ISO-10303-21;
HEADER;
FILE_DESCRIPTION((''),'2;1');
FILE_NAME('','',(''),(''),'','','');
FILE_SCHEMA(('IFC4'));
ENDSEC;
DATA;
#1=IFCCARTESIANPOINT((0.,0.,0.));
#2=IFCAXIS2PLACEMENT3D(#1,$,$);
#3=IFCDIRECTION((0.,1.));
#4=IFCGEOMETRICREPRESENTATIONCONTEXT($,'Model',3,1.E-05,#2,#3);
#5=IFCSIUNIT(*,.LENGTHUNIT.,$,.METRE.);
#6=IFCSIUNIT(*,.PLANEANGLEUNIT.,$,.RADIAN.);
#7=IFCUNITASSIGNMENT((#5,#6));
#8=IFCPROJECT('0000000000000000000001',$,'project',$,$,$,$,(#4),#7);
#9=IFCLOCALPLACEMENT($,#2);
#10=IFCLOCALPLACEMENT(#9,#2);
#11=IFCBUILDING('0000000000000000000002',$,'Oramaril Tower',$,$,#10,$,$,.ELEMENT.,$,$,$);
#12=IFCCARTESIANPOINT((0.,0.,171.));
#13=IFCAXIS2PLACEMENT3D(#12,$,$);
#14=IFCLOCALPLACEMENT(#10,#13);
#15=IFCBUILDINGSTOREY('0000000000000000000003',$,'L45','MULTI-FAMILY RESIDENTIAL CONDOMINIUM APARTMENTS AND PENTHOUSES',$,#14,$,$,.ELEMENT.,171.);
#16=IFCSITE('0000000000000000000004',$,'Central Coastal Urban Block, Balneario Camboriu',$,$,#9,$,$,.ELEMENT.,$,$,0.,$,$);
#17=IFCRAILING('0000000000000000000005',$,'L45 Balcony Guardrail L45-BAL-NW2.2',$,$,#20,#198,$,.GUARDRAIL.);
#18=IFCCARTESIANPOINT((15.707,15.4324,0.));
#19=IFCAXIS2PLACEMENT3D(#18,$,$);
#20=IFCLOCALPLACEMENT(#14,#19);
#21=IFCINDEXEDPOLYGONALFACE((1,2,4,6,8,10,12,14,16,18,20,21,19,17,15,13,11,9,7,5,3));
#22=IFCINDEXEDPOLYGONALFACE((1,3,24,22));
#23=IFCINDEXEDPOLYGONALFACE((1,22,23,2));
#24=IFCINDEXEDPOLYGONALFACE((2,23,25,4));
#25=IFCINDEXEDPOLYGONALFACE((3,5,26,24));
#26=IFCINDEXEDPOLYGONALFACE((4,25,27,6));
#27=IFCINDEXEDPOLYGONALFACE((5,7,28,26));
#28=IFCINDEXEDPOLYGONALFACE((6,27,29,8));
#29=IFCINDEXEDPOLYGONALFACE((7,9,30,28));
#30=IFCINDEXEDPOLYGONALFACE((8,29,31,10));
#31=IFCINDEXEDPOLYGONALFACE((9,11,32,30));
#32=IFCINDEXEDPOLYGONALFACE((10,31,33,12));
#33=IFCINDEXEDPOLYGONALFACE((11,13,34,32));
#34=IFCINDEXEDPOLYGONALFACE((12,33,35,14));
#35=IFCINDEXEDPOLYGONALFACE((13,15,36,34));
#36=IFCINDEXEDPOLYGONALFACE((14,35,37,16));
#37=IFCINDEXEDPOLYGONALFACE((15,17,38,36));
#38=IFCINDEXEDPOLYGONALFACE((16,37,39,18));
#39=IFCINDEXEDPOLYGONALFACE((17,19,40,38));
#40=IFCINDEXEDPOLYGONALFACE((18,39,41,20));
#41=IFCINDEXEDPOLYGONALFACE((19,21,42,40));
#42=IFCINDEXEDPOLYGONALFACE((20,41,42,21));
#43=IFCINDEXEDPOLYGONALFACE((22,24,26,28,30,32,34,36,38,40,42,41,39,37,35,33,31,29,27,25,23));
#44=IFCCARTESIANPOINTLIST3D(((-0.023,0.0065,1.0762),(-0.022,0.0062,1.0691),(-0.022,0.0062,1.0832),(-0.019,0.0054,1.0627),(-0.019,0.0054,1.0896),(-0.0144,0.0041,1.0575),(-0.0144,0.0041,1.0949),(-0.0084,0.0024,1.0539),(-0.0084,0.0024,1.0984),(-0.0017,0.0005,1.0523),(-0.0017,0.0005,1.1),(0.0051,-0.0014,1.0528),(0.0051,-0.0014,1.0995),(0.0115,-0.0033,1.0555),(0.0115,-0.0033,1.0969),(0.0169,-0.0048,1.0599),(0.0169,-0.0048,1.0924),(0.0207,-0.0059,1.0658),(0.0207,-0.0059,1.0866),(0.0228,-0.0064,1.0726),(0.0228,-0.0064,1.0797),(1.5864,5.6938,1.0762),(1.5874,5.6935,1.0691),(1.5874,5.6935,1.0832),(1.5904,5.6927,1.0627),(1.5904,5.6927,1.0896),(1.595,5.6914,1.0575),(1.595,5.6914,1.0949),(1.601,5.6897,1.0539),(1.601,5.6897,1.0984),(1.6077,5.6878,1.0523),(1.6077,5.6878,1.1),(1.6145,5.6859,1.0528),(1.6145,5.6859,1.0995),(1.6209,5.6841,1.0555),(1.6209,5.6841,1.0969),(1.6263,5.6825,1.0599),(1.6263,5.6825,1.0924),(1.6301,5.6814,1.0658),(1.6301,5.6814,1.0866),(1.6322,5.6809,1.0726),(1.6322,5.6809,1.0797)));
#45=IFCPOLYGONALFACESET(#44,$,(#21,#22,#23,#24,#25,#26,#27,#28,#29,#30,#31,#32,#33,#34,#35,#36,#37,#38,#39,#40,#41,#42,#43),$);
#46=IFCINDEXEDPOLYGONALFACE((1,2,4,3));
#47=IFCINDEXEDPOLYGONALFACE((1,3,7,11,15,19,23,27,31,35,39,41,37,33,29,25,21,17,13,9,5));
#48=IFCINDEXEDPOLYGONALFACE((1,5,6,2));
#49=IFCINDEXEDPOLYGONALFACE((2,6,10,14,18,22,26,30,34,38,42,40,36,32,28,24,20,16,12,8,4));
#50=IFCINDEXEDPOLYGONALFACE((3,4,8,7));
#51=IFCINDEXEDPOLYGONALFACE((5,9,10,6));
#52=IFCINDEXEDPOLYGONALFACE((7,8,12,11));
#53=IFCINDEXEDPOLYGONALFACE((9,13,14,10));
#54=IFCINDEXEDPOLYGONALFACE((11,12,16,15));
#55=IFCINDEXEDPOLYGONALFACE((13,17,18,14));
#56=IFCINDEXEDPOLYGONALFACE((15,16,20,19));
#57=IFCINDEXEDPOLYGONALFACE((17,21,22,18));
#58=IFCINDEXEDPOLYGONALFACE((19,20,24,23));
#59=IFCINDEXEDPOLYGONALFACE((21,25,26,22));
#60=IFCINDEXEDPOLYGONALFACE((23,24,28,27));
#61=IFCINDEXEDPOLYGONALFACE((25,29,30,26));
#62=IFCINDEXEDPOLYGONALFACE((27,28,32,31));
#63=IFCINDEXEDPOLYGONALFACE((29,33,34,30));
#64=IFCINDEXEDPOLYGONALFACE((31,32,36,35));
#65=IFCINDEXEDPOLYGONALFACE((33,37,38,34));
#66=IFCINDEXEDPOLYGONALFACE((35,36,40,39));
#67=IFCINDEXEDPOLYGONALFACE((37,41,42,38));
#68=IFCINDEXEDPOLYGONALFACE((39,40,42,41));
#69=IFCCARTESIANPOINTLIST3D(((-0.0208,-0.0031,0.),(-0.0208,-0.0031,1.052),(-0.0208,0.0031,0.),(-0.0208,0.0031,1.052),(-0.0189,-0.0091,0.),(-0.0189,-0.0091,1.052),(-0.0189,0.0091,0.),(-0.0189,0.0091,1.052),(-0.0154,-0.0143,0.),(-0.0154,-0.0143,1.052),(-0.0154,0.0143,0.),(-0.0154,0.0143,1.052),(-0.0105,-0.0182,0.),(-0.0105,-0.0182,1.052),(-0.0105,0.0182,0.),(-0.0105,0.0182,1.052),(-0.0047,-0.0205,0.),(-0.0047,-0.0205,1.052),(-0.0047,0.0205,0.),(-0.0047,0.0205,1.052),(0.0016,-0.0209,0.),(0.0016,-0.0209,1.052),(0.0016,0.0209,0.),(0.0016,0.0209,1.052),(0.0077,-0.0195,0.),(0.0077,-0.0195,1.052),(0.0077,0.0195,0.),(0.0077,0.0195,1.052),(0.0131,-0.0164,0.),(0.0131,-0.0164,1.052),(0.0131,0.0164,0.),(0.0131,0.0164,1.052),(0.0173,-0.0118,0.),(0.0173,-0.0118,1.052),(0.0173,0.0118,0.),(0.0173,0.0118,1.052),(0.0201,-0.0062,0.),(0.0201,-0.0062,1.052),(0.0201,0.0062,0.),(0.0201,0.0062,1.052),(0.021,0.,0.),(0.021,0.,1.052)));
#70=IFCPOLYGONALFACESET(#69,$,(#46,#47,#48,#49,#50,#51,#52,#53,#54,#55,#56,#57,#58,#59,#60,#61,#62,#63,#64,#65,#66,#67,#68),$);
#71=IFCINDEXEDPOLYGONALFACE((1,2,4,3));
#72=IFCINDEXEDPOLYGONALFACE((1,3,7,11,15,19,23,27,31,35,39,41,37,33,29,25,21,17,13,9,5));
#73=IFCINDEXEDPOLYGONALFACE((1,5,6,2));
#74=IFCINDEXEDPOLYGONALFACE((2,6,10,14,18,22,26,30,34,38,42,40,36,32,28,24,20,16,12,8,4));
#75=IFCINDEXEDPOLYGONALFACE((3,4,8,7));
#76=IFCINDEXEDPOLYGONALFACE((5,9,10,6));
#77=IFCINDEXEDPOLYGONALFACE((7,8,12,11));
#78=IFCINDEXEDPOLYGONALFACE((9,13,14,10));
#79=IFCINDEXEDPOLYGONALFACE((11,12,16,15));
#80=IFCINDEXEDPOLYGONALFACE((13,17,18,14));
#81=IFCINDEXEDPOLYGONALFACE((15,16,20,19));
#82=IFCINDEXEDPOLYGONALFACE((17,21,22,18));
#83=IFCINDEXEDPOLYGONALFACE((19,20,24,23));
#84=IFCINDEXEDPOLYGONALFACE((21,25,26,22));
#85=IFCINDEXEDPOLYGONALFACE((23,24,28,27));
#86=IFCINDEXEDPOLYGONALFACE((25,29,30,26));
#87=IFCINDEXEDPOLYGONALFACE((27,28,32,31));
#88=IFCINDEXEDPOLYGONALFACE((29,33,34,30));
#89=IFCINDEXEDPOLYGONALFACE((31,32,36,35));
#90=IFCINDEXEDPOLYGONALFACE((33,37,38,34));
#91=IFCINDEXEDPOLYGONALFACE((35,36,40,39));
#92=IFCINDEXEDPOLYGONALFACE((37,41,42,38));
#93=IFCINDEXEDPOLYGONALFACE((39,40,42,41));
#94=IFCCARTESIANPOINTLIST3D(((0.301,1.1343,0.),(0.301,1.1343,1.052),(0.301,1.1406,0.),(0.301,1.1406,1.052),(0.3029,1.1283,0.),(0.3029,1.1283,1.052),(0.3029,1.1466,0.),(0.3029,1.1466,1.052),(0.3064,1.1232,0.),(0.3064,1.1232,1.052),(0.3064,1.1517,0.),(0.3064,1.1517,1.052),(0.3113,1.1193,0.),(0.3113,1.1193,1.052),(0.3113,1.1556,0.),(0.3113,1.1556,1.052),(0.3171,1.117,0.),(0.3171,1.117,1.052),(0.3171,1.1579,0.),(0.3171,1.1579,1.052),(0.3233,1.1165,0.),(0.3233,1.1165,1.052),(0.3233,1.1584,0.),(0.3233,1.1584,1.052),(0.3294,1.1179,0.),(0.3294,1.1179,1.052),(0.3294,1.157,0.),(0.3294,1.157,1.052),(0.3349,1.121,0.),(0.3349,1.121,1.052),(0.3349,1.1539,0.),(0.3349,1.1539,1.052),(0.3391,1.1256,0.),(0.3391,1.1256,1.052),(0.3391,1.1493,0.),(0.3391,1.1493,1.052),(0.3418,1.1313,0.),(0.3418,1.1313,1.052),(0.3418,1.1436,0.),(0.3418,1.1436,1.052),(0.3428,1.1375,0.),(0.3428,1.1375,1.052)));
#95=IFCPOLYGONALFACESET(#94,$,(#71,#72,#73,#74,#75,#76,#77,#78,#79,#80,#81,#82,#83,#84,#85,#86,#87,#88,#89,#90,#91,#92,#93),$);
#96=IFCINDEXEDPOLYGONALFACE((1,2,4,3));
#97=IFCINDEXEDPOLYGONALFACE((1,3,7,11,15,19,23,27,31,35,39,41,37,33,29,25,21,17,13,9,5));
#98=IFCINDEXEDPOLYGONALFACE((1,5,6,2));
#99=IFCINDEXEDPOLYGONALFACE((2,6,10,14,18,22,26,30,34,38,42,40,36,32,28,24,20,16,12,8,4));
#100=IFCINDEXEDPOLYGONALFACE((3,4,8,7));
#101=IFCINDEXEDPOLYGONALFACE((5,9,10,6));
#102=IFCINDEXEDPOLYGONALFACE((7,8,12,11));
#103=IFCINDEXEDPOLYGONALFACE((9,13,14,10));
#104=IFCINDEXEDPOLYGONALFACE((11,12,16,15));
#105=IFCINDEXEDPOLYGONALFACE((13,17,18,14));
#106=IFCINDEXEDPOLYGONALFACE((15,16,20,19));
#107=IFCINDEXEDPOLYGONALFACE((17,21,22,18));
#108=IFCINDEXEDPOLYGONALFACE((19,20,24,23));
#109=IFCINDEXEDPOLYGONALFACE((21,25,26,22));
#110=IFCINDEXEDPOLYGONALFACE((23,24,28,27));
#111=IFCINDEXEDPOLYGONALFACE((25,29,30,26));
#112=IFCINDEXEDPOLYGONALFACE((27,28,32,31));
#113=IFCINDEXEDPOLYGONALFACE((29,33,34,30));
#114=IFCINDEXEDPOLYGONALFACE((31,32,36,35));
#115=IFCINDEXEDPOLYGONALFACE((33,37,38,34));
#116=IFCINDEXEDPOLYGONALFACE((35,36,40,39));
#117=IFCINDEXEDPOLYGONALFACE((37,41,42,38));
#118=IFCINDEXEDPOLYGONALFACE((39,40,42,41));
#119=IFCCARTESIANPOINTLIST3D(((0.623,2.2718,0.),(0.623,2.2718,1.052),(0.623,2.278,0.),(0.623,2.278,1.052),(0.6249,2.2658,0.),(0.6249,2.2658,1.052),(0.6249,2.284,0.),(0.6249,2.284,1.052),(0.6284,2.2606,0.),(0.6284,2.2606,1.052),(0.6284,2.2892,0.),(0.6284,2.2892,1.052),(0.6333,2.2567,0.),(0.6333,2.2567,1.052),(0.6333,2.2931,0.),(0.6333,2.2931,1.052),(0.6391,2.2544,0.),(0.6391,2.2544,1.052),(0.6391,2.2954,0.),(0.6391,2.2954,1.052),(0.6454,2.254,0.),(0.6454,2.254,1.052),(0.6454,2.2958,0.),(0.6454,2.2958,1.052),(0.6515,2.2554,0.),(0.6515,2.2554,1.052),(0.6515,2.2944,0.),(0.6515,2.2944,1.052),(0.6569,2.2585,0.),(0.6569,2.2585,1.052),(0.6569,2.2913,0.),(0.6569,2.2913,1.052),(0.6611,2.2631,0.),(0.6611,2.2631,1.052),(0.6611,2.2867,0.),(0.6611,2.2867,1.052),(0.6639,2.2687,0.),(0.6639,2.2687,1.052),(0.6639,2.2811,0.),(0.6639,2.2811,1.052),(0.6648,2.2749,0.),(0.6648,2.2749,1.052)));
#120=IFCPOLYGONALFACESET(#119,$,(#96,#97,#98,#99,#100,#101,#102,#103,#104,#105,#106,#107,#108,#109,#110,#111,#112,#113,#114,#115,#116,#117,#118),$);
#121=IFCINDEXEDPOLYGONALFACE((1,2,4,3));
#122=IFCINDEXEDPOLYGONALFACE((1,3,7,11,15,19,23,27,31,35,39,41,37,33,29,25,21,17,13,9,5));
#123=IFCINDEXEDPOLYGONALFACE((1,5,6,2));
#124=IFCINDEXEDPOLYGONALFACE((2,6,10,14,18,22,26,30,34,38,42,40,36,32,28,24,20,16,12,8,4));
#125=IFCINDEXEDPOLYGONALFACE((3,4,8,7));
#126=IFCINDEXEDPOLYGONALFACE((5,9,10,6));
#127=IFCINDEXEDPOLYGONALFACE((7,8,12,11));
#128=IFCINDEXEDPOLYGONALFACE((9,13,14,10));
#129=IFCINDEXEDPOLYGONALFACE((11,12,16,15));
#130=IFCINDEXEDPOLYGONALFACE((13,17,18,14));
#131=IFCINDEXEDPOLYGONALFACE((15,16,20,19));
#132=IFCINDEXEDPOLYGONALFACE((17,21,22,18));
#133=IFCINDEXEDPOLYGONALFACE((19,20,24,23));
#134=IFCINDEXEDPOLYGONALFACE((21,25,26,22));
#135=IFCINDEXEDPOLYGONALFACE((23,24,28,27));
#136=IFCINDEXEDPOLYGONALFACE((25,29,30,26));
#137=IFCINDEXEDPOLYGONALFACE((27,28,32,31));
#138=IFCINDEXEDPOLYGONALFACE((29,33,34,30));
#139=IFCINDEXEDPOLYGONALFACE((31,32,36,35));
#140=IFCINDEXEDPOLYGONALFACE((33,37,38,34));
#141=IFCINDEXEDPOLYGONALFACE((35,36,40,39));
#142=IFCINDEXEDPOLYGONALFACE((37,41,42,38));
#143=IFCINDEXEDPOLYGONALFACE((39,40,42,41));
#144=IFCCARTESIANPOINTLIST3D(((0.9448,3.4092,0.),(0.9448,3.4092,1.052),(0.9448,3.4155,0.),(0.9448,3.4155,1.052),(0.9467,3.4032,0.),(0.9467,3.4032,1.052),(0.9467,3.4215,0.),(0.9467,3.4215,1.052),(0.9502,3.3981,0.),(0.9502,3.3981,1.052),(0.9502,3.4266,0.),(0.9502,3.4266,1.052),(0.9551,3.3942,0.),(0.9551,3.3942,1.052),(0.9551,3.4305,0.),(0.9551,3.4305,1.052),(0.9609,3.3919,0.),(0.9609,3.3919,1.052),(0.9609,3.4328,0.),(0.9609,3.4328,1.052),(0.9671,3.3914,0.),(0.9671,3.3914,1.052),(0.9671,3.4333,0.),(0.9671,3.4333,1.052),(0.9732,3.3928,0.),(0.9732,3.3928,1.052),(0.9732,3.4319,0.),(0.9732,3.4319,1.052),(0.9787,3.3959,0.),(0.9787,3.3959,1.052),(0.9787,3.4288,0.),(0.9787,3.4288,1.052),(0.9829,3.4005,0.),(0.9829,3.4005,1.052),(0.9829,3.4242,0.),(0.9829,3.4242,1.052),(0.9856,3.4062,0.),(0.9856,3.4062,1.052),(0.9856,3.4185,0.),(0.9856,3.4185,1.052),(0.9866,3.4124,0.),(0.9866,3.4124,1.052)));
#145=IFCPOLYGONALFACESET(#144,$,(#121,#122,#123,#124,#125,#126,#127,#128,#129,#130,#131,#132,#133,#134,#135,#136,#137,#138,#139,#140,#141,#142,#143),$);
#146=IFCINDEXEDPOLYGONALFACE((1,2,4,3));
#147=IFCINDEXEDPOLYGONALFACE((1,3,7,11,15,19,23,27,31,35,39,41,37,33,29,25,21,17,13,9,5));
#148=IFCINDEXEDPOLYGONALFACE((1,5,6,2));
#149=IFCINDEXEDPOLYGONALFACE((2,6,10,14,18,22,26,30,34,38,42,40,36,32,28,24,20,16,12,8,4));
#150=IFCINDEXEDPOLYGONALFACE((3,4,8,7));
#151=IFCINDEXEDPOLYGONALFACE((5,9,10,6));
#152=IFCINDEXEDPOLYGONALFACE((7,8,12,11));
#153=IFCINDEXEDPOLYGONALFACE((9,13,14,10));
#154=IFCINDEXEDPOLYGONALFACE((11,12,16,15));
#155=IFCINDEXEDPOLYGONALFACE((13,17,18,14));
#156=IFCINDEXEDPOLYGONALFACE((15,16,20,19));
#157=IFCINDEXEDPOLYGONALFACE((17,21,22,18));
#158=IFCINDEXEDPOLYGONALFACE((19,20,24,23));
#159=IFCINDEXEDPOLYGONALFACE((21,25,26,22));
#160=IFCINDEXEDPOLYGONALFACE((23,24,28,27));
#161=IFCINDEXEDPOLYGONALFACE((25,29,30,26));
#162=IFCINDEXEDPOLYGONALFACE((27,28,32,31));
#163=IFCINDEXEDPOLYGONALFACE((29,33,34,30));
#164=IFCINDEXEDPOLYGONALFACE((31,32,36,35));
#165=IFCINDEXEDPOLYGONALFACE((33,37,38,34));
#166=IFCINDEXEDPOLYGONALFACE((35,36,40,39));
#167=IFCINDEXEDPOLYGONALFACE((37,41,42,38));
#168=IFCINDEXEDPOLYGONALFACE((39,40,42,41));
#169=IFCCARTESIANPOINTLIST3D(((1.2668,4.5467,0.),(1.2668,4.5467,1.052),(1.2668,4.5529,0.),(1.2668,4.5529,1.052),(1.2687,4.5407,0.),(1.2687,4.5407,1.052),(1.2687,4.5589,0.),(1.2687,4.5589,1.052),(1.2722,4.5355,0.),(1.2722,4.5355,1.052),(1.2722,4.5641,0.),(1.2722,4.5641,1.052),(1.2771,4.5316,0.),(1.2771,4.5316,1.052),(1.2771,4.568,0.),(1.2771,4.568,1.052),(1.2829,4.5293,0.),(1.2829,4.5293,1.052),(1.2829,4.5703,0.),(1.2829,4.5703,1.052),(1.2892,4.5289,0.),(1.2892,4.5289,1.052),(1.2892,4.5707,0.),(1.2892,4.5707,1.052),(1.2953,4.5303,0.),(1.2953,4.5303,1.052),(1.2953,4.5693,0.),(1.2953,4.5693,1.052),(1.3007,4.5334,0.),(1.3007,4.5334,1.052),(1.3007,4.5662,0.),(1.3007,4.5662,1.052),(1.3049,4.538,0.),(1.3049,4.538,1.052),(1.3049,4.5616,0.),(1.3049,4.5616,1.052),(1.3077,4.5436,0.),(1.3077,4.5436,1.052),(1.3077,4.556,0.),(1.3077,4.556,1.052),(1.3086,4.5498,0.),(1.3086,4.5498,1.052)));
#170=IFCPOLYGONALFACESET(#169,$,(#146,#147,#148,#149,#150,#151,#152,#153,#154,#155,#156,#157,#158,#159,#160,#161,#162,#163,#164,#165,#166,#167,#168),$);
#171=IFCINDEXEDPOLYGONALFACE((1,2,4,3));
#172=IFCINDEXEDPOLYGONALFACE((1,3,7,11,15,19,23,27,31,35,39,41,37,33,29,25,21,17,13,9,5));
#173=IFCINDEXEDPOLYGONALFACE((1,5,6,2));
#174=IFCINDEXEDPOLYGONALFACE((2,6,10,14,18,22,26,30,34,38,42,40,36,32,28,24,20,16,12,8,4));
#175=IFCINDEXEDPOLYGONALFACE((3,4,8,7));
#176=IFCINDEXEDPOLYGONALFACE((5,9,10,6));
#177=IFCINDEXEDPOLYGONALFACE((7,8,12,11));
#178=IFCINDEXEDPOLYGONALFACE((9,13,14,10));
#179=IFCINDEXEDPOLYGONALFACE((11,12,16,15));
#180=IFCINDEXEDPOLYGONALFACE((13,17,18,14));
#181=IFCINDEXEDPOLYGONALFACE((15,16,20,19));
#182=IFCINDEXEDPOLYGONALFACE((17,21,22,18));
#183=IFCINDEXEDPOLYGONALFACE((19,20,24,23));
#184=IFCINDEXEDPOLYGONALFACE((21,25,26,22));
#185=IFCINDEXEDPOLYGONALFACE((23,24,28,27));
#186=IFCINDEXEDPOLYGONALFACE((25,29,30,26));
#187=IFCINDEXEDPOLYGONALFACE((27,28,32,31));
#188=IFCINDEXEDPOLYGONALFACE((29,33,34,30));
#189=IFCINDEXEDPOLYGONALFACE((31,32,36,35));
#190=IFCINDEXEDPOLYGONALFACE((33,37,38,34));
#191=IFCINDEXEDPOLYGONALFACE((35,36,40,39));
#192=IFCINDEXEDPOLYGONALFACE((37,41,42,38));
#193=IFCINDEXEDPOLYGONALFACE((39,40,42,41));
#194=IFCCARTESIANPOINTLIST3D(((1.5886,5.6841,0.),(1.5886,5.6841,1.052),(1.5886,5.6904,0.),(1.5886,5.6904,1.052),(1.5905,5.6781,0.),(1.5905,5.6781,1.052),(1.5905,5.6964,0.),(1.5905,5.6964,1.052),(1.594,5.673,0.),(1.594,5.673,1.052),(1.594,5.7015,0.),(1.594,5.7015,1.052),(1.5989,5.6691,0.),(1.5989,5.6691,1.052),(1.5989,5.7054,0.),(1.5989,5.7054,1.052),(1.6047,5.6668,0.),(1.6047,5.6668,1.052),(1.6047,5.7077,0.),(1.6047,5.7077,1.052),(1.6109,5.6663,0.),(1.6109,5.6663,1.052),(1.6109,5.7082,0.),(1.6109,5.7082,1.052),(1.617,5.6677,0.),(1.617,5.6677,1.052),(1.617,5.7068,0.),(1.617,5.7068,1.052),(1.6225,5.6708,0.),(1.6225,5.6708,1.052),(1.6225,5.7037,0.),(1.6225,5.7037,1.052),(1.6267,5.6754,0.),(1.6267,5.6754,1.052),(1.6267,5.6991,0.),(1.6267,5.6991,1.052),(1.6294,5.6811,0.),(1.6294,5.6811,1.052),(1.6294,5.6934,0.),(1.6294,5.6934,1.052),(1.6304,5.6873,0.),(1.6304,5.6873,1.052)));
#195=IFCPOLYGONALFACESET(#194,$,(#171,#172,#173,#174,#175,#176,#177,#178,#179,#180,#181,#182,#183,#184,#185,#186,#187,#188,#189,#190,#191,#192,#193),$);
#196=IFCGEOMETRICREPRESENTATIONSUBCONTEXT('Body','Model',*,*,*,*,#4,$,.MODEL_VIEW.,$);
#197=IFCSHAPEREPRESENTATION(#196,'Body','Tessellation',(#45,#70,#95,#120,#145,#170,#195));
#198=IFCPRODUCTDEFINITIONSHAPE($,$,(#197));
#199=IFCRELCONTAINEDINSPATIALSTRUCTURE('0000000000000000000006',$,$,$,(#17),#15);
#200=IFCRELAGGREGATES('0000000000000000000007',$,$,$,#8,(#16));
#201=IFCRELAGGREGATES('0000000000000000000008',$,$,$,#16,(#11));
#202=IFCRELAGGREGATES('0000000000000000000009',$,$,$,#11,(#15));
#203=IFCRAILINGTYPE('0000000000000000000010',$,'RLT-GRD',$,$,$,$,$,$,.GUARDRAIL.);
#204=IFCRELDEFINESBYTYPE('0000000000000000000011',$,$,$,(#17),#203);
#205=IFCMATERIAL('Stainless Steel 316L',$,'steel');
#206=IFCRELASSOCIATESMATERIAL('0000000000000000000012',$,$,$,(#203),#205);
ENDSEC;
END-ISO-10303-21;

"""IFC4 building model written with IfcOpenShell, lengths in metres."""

from ifc_helpers import new_model, si_unit, direction, frame, origin, origin_2d, place, context, subcontext, project, spatial, circle, extrude, material, type_object, element, save


model = new_model("IFC4")

# Units and contexts
model_context = context("Model", 3, precision=1e-05, world=origin(), true_north=direction((0.0, 1.0)))
body_context = subcontext(model_context, "Body", "Model", "MODEL_VIEW")
ifc_project = project(units=[si_unit("LENGTHUNIT", "METRE"), si_unit("PLANEANGLEUNIT", "RADIAN")], contexts=[model_context])

# Site, building, storey
site_placement = place(None, origin())
site = spatial("IfcSite", under=ifc_project, at=site_placement, Name="Central Coastal Urban Block, Balneario Camboriu", CompositionType="ELEMENT", RefElevation=0.0)
building_placement = place(site_placement, origin())
building = spatial("IfcBuilding", under=site, at=building_placement, Name="Oramaril Tower", CompositionType="ELEMENT")
storey_placement = place(building_placement, frame((0.0, 0.0, 171.0)))
storey = spatial("IfcBuildingStorey", under=building, at=storey_placement, Name="L45", Description="MULTI-FAMILY RESIDENTIAL CONDOMINIUM APARTMENTS AND PENTHOUSES", CompositionType="ELEMENT", Elevation=171.0)

# Railing
ifc_material_1 = material(Name="Stainless Steel 316L", Category="steel")
railing_type_1 = type_object("IfcRailingType", Name="RLT-GRD", PredefinedType="GUARDRAIL", material=ifc_material_1)
railing_1_placement = place(storey_placement, frame((15.707, 15.4324, 0.0)))
element("IfcRailing", 1, at=railing_1_placement, inside=storey, type_object=railing_type_1, Name="L45 Balcony Guardrail L45-BAL-NW2.2", PredefinedType="GUARDRAIL", context=body_context, shape_type="SweptSolid", body=[
    extrude(circle(Radius=0.0239, at=origin_2d()), frame((0.0, 0.0, 1.0762), z_axis=(0.272287, 0.962216, 0.0), x_axis=(-0.962216, 0.272287, 0.0)), (0.0, 0.0, 1.0), 5.9106),
    extrude(circle(Radius=0.021, at=origin_2d()), origin(), (0.0, 0.0, 1.0), 1.052),
    extrude(circle(Radius=0.021, at=origin_2d()), frame((0.3218, 1.1375, 0.0)), (0.0, 0.0, 1.0), 1.052),
    extrude(circle(Radius=0.021, at=origin_2d()), frame((0.6438, 2.2749, 0.0)), (0.0, 0.0, 1.0), 1.052),
    extrude(circle(Radius=0.021, at=origin_2d()), frame((0.9656, 3.4124, 0.0)), (0.0, 0.0, 1.0), 1.052),
    extrude(circle(Radius=0.021, at=origin_2d()), frame((1.2876, 4.5498, 0.0)), (0.0, 0.0, 1.0), 1.052),
    extrude(circle(Radius=0.021, at=origin_2d()), frame((1.6094, 5.6873, 0.0)), (0.0, 0.0, 1.0), 1.052),
])

save(model, "model.ifc")
